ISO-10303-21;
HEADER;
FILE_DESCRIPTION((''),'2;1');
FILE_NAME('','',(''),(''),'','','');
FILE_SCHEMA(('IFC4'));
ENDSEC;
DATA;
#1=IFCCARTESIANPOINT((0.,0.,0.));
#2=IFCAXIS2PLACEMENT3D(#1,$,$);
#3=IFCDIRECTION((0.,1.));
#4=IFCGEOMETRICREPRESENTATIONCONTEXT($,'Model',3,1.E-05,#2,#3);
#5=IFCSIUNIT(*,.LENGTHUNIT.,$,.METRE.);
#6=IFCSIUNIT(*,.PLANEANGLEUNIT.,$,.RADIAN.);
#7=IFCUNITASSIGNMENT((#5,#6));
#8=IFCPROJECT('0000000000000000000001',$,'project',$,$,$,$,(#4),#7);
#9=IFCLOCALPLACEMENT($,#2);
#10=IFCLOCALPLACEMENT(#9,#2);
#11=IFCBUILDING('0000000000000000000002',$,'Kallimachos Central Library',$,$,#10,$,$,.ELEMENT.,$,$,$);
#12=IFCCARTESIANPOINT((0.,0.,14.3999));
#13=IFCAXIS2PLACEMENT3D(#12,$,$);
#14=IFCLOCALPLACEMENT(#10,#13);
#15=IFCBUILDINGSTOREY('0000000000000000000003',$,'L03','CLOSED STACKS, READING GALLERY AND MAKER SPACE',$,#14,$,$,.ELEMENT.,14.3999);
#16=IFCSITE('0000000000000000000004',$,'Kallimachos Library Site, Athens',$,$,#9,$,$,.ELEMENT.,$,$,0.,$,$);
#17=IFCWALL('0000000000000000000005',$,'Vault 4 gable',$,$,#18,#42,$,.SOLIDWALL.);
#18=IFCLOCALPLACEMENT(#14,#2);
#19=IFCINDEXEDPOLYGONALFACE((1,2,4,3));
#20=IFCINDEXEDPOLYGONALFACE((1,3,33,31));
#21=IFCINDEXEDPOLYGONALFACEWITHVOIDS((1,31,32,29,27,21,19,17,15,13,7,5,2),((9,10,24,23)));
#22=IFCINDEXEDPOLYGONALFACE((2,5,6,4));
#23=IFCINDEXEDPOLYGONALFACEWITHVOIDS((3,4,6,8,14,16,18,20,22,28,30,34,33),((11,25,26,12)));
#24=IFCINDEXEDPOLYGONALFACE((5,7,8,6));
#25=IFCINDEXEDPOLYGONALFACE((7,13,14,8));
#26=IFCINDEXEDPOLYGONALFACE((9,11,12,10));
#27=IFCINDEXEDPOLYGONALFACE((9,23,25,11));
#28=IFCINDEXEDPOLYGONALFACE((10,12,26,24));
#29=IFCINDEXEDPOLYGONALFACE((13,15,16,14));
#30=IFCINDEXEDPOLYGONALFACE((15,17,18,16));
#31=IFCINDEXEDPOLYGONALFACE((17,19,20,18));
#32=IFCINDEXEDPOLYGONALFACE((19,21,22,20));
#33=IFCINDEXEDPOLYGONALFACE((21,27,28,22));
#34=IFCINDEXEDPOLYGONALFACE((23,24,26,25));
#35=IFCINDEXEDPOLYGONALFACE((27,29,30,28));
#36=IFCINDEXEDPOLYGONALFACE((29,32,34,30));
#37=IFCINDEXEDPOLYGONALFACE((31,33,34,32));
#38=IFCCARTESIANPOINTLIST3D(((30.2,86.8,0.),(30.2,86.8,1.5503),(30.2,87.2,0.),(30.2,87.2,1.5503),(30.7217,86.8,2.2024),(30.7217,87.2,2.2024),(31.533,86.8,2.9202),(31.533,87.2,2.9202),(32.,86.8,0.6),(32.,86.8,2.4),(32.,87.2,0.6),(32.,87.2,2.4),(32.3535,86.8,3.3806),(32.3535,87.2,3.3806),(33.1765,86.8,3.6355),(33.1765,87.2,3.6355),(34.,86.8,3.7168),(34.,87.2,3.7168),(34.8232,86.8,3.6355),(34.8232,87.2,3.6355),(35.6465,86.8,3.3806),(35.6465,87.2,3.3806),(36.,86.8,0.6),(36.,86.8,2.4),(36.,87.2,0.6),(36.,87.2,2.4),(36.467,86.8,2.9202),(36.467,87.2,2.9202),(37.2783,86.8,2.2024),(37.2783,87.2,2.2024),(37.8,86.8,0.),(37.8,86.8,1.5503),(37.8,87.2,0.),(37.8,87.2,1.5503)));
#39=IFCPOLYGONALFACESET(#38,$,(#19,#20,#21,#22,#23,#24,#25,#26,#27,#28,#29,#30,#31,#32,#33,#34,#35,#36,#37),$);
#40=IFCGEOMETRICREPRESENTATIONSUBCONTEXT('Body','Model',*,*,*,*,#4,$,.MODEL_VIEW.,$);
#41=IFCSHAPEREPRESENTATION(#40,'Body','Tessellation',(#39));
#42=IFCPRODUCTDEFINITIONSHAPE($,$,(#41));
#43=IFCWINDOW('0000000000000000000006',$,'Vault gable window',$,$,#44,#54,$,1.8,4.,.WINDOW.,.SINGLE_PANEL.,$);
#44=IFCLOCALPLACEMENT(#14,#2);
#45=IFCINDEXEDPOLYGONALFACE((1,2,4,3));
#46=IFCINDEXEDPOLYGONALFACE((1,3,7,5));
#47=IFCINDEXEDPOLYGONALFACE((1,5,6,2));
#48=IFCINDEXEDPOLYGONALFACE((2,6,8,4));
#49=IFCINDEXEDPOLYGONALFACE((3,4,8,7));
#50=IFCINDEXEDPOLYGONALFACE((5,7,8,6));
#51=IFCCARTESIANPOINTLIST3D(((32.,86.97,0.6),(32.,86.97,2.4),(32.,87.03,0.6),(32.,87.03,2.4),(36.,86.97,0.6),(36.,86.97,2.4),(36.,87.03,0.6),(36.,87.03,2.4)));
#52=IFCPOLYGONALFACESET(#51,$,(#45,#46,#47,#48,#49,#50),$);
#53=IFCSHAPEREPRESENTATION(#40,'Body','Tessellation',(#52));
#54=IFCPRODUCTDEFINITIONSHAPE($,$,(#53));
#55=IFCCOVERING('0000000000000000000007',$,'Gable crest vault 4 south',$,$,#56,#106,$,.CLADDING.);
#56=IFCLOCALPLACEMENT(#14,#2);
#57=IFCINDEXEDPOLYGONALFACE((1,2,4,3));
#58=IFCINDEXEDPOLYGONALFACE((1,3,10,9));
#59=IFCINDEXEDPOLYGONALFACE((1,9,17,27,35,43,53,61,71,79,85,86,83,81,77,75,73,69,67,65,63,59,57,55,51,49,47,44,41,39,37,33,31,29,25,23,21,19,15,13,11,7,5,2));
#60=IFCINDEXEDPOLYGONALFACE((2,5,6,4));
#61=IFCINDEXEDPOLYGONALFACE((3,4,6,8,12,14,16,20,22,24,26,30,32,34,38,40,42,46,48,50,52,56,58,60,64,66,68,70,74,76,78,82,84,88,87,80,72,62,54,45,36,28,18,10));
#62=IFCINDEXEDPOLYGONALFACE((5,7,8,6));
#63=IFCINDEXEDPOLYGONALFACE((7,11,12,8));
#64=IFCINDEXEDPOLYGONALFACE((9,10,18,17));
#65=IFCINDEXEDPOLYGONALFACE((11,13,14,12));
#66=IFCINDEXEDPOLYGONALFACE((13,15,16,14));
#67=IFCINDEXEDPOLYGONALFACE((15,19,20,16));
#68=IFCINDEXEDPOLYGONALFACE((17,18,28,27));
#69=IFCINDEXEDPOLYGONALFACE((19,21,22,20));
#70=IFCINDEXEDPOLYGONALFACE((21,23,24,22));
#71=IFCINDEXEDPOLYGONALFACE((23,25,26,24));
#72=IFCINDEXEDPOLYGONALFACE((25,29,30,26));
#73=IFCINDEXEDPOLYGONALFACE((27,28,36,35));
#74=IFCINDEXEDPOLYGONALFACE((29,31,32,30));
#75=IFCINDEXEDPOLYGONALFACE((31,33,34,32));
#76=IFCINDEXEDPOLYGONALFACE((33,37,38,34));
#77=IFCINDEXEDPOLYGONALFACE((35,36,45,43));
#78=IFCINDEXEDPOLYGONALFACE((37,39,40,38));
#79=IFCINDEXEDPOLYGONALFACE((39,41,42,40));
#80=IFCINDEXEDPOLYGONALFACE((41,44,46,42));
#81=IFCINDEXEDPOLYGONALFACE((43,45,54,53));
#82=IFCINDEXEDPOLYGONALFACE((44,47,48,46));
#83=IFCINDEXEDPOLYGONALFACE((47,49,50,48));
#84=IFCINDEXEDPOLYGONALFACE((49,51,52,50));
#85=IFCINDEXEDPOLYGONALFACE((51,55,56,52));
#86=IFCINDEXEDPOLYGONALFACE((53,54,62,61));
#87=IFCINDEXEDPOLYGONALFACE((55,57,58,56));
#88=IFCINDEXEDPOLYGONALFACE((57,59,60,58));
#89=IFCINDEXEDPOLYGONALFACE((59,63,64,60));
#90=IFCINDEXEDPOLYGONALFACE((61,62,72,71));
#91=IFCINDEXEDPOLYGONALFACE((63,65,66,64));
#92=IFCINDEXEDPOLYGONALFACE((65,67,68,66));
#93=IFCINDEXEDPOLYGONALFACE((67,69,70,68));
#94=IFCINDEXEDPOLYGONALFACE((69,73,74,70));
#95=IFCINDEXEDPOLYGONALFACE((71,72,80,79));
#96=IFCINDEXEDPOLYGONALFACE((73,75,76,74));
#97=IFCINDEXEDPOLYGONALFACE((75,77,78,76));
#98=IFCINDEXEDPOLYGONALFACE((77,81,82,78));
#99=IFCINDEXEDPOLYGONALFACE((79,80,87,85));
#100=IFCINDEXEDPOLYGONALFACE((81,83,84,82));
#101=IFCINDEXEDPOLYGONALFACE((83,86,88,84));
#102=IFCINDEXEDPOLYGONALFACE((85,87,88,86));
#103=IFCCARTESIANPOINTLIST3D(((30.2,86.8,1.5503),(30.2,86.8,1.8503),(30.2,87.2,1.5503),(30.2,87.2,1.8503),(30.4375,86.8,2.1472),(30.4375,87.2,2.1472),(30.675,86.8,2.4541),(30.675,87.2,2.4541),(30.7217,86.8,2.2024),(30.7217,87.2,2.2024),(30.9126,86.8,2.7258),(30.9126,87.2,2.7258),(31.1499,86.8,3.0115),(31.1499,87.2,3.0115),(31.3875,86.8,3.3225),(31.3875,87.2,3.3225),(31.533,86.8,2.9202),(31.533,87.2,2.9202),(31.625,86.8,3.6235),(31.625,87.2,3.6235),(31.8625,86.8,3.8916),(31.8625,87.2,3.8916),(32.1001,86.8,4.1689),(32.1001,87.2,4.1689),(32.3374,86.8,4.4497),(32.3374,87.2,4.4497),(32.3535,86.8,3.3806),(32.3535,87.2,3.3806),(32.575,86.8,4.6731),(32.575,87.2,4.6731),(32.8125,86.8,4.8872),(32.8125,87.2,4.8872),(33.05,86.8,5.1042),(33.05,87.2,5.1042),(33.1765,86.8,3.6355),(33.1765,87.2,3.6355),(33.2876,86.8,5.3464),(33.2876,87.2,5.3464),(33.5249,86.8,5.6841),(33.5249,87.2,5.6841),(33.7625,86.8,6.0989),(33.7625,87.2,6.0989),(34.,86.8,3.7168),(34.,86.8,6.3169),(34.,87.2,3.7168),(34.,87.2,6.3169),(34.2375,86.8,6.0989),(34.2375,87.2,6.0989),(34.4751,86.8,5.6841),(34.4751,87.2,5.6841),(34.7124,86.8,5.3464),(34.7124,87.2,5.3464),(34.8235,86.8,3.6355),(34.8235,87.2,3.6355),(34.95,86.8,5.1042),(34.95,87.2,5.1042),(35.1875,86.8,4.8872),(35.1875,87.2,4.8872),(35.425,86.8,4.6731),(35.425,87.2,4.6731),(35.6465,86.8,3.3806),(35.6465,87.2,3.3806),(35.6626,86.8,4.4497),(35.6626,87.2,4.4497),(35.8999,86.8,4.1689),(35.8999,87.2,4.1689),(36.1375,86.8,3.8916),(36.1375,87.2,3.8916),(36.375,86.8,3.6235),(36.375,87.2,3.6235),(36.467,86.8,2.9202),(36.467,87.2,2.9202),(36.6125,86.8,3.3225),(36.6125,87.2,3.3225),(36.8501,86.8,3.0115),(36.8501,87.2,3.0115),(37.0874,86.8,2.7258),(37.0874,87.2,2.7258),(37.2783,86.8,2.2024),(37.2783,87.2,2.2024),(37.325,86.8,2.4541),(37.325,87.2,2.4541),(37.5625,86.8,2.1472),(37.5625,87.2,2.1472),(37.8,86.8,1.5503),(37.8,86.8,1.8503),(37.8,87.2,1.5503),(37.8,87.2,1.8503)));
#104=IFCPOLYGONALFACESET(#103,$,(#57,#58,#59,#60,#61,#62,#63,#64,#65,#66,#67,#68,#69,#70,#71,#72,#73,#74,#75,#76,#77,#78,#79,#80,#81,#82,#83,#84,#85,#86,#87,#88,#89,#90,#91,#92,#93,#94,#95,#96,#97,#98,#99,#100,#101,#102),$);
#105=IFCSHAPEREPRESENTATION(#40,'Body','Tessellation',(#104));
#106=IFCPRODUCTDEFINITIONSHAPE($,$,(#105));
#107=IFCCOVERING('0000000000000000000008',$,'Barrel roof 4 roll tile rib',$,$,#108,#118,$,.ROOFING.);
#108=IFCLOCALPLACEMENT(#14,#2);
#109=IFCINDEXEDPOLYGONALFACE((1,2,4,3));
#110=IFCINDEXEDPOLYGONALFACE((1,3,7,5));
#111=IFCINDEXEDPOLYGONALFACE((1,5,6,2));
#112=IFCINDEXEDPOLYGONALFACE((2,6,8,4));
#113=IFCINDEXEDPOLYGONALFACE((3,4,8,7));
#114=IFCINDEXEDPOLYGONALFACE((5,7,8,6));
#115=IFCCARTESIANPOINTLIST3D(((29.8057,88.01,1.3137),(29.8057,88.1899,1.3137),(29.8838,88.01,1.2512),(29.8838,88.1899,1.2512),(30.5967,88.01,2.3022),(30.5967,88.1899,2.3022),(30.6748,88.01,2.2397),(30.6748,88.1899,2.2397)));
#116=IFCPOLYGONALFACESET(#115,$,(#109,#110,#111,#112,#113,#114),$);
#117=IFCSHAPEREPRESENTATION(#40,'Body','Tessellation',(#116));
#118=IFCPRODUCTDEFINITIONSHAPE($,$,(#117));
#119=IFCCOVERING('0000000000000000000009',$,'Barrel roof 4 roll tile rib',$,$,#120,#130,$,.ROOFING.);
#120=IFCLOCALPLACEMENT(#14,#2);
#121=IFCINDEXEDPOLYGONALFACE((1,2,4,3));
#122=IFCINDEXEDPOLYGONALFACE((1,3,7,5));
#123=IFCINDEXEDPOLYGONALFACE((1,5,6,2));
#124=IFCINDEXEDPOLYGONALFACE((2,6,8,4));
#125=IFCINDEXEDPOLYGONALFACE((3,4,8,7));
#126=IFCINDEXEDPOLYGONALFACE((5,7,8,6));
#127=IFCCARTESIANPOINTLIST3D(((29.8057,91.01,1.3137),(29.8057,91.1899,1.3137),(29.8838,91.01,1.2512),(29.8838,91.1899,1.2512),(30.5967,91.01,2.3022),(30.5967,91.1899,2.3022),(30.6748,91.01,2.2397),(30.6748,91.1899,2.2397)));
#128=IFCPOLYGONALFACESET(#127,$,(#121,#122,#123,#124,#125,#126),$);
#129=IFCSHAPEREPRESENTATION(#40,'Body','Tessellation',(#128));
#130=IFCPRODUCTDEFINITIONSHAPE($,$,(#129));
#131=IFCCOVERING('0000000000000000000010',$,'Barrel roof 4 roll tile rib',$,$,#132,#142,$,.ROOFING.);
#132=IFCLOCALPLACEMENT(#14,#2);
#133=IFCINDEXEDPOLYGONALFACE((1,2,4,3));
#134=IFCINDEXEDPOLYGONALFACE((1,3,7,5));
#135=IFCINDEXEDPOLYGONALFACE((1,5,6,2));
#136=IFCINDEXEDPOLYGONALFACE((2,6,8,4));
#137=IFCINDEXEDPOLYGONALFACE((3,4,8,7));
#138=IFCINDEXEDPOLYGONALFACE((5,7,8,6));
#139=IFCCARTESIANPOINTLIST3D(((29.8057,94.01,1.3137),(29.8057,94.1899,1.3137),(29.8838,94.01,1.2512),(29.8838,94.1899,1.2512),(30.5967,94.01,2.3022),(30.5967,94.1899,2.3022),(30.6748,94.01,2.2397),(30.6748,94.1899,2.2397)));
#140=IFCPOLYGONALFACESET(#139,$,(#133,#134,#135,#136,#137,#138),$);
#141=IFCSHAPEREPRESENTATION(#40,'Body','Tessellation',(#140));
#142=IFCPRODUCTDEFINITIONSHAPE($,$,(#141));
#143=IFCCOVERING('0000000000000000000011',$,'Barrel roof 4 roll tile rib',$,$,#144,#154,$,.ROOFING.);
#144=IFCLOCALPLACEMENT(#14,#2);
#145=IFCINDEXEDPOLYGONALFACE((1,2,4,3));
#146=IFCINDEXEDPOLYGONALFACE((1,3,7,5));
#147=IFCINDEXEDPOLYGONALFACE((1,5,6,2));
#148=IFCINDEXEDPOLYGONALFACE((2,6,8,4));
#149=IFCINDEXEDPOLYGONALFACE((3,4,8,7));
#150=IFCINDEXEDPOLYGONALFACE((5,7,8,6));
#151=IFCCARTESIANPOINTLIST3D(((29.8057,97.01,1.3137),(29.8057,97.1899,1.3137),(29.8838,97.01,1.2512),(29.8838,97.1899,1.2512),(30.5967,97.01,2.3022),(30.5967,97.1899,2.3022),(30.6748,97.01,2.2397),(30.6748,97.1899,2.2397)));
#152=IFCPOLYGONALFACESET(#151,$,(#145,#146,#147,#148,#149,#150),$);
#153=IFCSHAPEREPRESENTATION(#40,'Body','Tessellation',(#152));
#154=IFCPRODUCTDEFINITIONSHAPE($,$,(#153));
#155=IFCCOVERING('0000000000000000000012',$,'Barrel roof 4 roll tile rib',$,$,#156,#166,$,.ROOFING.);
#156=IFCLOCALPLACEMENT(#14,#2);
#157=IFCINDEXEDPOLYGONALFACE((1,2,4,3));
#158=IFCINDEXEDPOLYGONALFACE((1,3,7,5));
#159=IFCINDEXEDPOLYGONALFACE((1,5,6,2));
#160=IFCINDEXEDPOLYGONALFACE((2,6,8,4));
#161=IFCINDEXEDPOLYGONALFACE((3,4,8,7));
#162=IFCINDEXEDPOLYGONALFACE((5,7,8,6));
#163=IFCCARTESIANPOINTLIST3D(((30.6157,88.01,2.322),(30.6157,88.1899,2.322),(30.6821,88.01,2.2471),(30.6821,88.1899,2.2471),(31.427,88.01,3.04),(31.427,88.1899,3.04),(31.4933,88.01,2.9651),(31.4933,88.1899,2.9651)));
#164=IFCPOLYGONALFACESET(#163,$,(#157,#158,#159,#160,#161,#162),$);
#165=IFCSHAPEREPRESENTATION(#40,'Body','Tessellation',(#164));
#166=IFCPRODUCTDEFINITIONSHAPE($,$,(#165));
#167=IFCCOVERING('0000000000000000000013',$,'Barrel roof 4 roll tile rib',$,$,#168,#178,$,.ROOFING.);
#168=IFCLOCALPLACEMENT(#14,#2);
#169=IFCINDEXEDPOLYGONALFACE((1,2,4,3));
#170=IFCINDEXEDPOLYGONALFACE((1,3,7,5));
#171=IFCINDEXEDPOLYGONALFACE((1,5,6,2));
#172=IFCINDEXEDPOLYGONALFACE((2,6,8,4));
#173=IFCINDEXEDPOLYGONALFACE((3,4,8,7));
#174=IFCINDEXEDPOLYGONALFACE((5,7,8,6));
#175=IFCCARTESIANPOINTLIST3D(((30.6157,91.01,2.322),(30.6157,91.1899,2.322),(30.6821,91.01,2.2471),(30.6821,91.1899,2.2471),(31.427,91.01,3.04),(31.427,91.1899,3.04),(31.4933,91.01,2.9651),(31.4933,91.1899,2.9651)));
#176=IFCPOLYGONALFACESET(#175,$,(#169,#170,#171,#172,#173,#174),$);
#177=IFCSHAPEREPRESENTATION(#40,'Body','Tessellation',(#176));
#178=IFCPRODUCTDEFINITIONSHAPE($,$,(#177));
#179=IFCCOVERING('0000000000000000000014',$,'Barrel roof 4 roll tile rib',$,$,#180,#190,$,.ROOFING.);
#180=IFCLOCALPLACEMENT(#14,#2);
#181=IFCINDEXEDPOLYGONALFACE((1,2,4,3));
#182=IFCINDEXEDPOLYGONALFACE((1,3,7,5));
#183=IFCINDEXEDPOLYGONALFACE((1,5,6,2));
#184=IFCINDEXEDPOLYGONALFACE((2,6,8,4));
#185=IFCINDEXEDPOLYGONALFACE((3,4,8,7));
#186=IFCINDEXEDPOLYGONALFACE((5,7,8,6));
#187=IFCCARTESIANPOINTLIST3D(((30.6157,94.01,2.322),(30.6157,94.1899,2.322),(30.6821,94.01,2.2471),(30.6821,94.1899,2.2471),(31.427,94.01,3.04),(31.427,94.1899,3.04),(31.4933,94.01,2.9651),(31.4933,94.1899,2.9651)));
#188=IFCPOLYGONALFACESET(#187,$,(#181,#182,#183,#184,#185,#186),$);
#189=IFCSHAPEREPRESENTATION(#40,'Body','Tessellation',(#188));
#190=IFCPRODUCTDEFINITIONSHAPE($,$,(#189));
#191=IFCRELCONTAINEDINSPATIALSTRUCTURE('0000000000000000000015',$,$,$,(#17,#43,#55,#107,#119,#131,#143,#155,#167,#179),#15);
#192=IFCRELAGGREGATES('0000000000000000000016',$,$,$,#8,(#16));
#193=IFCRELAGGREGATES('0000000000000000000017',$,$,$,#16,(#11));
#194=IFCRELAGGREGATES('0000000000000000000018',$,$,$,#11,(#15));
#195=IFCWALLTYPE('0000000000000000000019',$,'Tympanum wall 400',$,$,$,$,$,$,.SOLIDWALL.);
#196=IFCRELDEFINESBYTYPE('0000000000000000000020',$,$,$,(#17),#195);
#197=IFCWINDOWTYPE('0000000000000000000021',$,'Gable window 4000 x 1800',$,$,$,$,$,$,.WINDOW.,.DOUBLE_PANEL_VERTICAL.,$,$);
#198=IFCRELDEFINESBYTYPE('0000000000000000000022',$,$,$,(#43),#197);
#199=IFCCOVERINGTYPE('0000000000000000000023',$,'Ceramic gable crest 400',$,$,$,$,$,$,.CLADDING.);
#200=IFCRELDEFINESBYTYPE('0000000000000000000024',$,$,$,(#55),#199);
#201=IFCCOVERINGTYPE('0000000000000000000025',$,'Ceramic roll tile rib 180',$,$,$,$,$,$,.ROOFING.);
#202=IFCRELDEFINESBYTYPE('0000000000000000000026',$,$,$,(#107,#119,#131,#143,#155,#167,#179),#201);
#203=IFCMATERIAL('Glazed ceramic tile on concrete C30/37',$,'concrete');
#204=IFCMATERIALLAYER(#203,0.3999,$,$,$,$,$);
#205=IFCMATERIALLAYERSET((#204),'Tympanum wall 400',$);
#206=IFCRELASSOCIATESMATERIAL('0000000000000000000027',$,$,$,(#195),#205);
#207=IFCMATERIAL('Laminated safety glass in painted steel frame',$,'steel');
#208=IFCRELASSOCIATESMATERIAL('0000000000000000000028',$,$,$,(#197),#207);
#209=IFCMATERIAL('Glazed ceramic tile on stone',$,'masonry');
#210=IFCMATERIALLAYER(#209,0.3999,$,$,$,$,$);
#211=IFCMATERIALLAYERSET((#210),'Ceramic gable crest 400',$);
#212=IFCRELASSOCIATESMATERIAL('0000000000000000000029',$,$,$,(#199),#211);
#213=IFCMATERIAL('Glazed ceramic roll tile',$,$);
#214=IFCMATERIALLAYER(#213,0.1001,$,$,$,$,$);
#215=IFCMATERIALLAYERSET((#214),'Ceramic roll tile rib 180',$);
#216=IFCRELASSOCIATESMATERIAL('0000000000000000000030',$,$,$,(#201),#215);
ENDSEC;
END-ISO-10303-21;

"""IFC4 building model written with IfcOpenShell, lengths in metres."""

from ifc_helpers import new_model, si_unit, direction, frame, frame_2d, origin, place, context, subcontext, project, spatial, polyline, rectangle, outline, extrude, material, layer, layer_set, type_object, element, fill, save


model = new_model("IFC4")

# Units and contexts
model_context = context("Model", 3, precision=1e-05, world=origin(), true_north=direction((0.0, 1.0)))
body_context = subcontext(model_context, "Body", "Model", "MODEL_VIEW")
ifc_project = project(units=[si_unit("LENGTHUNIT", "METRE"), si_unit("PLANEANGLEUNIT", "RADIAN")], contexts=[model_context])

# Site, building, storey
site_placement = place(None, origin())
site = spatial("IfcSite", under=ifc_project, at=site_placement, Name="Kallimachos Library Site, Athens", CompositionType="ELEMENT", RefElevation=0.0)
building_placement = place(site_placement, origin())
building = spatial("IfcBuilding", under=site, at=building_placement, Name="Kallimachos Central Library", CompositionType="ELEMENT")
storey_placement = place(building_placement, frame((0.0, 0.0, 14.3999)))
storey = spatial("IfcBuildingStorey", under=building, at=storey_placement, Name="L03", Description="CLOSED STACKS, READING GALLERY AND MAKER SPACE", CompositionType="ELEMENT", Elevation=14.3999)

# Wall, opening, window
ifc_material_1 = material(Name="Glazed ceramic tile on concrete C30/37", Category="concrete")
ifc_layer_1 = layer(ifc_material_1, 0.3999)
ifc_layer_set_1 = layer_set([ifc_layer_1], Name="Tympanum wall 400")
wall_type_1 = type_object("IfcWallType", Name="Tympanum wall 400", PredefinedType="SOLIDWALL", material=ifc_layer_set_1)
wall_1_placement = place(storey_placement, frame((30.2, 87.0, 0.0), z_axis=(0.0, 0.0, 1.0), x_axis=(1.0, 0.0, 0.0)))
wall_1 = element("IfcWall", 1, at=wall_1_placement, inside=storey, type_object=wall_type_1, Name="Vault 4 gable", PredefinedType="SOLIDWALL", context=body_context, shape_type="SweptSolid", body=[
    extrude(outline(polyline([(0.0, 0.0), (7.6001, 0.0), (7.6001, 1.5503), (7.0784, 2.2024), (6.2671, 2.9202), (5.4465, 3.3806), (4.6233, 3.6355), (3.8, 3.7168), (2.9766, 3.6355), (2.1536, 3.3806), (1.333, 2.9202), (0.5217, 2.2024), (0.0, 1.5503), (0.0, 0.0)])), frame((0.0, 0.2, 0.0), z_axis=(0.0, -1.0, 0.0), x_axis=(1.0, 0.0, 0.0)), (0.0, 0.0, 1.0), 0.3999),
])
opening_placement = place(wall_1_placement, frame((1.8, 0.0, 0.6001)))
opening = element("IfcOpeningElement", 2, at=opening_placement, cuts=wall_1, PredefinedType="OPENING", context=body_context, shape_type="SweptSolid", body=[
    extrude(rectangle(XDim=4.0, YDim=1.8, at=frame_2d((2.0, 0.8999))), frame((0.0, 0.21, 0.0), z_axis=(0.0, -1.0, 0.0), x_axis=(1.0, 0.0, 0.0)), (0.0, 0.0, 1.0), 0.4199),
])
ifc_material_2 = material(Name="Laminated safety glass in painted steel frame", Category="steel")
window_type = type_object("IfcWindowType", Name="Gable window 4000 x 1800", PartitioningType="DOUBLE_PANEL_VERTICAL", PredefinedType="WINDOW", material=ifc_material_2)
window_placement = place(opening_placement, origin())
window = element("IfcWindow", 3, at=window_placement, inside=storey, type_object=window_type, Name="Vault gable window", OverallHeight=1.8, OverallWidth=4.0, PartitioningType="SINGLE_PANEL", PredefinedType="WINDOW", context=body_context, shape_type="SweptSolid", body=[
    extrude(rectangle(XDim=4.0, YDim=1.8, at=frame_2d((2.0, 0.8999))), frame((0.0, 0.03, 0.0), z_axis=(0.0, -1.0, 0.0), x_axis=(1.0, 0.0, 0.0)), (0.0, 0.0, 1.0), 0.0601),
])
fill(opening, window)

# Coverings
ifc_material_3 = material(Name="Glazed ceramic tile on stone", Category="masonry")
ifc_layer_2 = layer(ifc_material_3, 0.3999)
ifc_layer_set_2 = layer_set([ifc_layer_2], Name="Ceramic gable crest 400")
covering_type_1 = type_object("IfcCoveringType", Name="Ceramic gable crest 400", PredefinedType="CLADDING", material=ifc_layer_set_2)
covering_1_placement = place(storey_placement, frame((30.2, 86.8, 1.5503), z_axis=(0.0, -1.0, 0.0), x_axis=(0.624731, 0.0, 0.78084)))
element("IfcCovering", 4, at=covering_1_placement, inside=storey, type_object=covering_type_1, Name="Gable crest vault 4 south", PredefinedType="CLADDING", context=body_context, shape_type="SweptSolid", body=[
    extrude(outline(polyline([(0.0, 0.0), (0.8351, 0.0), (1.9024, -0.1851), (2.7746, -0.5381), (3.4878, -1.0215), (4.0657, -1.6137), (4.5167, -2.3076), (4.8318, -3.1094), (4.9849, -4.0378), (4.9313, -5.1197), (4.748, -5.9345), (4.9823, -5.747), (5.0657, -5.3761), (5.1569, -4.9989), (5.2207, -4.6436), (5.2955, -4.2799), (5.39, -3.9001), (5.4766, -3.5265), (5.5375, -3.1736), (5.6057, -2.8148), (5.6767, -2.4541), (5.7027, -2.1291), (5.7215, -1.8098), (5.7425, -1.4887), (5.7832, -1.1519), (5.8986, -0.7557), (6.0741, -0.3111), (6.096, 0.0106), (5.7773, 0.0599), (5.305, -0.0138), (4.8931, -0.0394), (4.5556, -0.0052), (4.2377, 0.0447), (3.9221, 0.0964), (3.5993, 0.1423), (3.2318, 0.1522), (2.8669, 0.1645), (2.5091, 0.1825), (2.1257, 0.1799), (1.7344, 0.1711), (1.3631, 0.1779), (1.0025, 0.1937), (0.6145, 0.1874), (0.2343, 0.1874), (0.0, 0.0)])), origin(), (0.0, 0.0, -1.0), 0.3999),
])
ifc_material_4 = material(Name="Glazed ceramic roll tile")
ifc_layer_3 = layer(ifc_material_4, 0.1001)
ifc_layer_set_3 = layer_set([ifc_layer_3], Name="Ceramic roll tile rib 180")
covering_type_2 = type_object("IfcCoveringType", Name="Ceramic roll tile rib 180", PredefinedType="ROOFING", material=ifc_layer_set_3)
for number, where, z_axis, x_axis, name in (
    (5, (29.8057, 88.01, 1.3137), (-0.780794, 0.0, 0.624789), (0.624789, 0.0, 0.780794), "Barrel roof 4 roll tile rib"),
    (6, (29.8057, 91.01, 1.3137), (-0.780794, 0.0, 0.624789), (0.624789, 0.0, 0.780794), "Barrel roof 4 roll tile rib"),
    (7, (29.8057, 94.01, 1.3137), (-0.780794, 0.0, 0.624789), (0.624789, 0.0, 0.780794), "Barrel roof 4 roll tile rib"),
    (8, (29.8057, 97.01, 1.3137), (-0.780794, 0.0, 0.624789), (0.624789, 0.0, 0.780794), "Barrel roof 4 roll tile rib"),
):
    element("IfcCovering", number, at=place(storey_placement, frame(where, z_axis=z_axis, x_axis=x_axis)), inside=storey, type_object=covering_type_2, Name=name, PredefinedType="ROOFING", context=body_context, shape_type="SweptSolid", body=[
        extrude(outline(polyline([(0.0, 0.0), (1.2661, 0.0), (1.2661, 0.1799), (0.0, 0.1799), (0.0, 0.0)])), origin(), (0.0, 0.0, -1.0), 0.1001),
    ])
for number, where, z_axis, x_axis, name in (
    (9, (30.6157, 88.01, 2.322), (-0.662754, 0.0, 0.748837), (0.748837, 0.0, 0.662754), "Barrel roof 4 roll tile rib"),
    (10, (30.6157, 91.01, 2.322), (-0.662754, 0.0, 0.748837), (0.748837, 0.0, 0.662754), "Barrel roof 4 roll tile rib"),
    (11, (30.6157, 94.01, 2.322), (-0.662754, 0.0, 0.748837), (0.748837, 0.0, 0.662754), "Barrel roof 4 roll tile rib"),
):
    element("IfcCovering", number, at=place(storey_placement, frame(where, z_axis=z_axis, x_axis=x_axis)), inside=storey, type_object=covering_type_2, Name=name, PredefinedType="ROOFING", context=body_context, shape_type="SweptSolid", body=[
        extrude(outline(polyline([(0.0, 0.0), (1.0834, 0.0), (1.0834, 0.1799), (0.0, 0.1799), (0.0, 0.0)])), origin(), (0.0, 0.0, -1.0), 0.1001),
    ])

save(model, "model.ifc")
